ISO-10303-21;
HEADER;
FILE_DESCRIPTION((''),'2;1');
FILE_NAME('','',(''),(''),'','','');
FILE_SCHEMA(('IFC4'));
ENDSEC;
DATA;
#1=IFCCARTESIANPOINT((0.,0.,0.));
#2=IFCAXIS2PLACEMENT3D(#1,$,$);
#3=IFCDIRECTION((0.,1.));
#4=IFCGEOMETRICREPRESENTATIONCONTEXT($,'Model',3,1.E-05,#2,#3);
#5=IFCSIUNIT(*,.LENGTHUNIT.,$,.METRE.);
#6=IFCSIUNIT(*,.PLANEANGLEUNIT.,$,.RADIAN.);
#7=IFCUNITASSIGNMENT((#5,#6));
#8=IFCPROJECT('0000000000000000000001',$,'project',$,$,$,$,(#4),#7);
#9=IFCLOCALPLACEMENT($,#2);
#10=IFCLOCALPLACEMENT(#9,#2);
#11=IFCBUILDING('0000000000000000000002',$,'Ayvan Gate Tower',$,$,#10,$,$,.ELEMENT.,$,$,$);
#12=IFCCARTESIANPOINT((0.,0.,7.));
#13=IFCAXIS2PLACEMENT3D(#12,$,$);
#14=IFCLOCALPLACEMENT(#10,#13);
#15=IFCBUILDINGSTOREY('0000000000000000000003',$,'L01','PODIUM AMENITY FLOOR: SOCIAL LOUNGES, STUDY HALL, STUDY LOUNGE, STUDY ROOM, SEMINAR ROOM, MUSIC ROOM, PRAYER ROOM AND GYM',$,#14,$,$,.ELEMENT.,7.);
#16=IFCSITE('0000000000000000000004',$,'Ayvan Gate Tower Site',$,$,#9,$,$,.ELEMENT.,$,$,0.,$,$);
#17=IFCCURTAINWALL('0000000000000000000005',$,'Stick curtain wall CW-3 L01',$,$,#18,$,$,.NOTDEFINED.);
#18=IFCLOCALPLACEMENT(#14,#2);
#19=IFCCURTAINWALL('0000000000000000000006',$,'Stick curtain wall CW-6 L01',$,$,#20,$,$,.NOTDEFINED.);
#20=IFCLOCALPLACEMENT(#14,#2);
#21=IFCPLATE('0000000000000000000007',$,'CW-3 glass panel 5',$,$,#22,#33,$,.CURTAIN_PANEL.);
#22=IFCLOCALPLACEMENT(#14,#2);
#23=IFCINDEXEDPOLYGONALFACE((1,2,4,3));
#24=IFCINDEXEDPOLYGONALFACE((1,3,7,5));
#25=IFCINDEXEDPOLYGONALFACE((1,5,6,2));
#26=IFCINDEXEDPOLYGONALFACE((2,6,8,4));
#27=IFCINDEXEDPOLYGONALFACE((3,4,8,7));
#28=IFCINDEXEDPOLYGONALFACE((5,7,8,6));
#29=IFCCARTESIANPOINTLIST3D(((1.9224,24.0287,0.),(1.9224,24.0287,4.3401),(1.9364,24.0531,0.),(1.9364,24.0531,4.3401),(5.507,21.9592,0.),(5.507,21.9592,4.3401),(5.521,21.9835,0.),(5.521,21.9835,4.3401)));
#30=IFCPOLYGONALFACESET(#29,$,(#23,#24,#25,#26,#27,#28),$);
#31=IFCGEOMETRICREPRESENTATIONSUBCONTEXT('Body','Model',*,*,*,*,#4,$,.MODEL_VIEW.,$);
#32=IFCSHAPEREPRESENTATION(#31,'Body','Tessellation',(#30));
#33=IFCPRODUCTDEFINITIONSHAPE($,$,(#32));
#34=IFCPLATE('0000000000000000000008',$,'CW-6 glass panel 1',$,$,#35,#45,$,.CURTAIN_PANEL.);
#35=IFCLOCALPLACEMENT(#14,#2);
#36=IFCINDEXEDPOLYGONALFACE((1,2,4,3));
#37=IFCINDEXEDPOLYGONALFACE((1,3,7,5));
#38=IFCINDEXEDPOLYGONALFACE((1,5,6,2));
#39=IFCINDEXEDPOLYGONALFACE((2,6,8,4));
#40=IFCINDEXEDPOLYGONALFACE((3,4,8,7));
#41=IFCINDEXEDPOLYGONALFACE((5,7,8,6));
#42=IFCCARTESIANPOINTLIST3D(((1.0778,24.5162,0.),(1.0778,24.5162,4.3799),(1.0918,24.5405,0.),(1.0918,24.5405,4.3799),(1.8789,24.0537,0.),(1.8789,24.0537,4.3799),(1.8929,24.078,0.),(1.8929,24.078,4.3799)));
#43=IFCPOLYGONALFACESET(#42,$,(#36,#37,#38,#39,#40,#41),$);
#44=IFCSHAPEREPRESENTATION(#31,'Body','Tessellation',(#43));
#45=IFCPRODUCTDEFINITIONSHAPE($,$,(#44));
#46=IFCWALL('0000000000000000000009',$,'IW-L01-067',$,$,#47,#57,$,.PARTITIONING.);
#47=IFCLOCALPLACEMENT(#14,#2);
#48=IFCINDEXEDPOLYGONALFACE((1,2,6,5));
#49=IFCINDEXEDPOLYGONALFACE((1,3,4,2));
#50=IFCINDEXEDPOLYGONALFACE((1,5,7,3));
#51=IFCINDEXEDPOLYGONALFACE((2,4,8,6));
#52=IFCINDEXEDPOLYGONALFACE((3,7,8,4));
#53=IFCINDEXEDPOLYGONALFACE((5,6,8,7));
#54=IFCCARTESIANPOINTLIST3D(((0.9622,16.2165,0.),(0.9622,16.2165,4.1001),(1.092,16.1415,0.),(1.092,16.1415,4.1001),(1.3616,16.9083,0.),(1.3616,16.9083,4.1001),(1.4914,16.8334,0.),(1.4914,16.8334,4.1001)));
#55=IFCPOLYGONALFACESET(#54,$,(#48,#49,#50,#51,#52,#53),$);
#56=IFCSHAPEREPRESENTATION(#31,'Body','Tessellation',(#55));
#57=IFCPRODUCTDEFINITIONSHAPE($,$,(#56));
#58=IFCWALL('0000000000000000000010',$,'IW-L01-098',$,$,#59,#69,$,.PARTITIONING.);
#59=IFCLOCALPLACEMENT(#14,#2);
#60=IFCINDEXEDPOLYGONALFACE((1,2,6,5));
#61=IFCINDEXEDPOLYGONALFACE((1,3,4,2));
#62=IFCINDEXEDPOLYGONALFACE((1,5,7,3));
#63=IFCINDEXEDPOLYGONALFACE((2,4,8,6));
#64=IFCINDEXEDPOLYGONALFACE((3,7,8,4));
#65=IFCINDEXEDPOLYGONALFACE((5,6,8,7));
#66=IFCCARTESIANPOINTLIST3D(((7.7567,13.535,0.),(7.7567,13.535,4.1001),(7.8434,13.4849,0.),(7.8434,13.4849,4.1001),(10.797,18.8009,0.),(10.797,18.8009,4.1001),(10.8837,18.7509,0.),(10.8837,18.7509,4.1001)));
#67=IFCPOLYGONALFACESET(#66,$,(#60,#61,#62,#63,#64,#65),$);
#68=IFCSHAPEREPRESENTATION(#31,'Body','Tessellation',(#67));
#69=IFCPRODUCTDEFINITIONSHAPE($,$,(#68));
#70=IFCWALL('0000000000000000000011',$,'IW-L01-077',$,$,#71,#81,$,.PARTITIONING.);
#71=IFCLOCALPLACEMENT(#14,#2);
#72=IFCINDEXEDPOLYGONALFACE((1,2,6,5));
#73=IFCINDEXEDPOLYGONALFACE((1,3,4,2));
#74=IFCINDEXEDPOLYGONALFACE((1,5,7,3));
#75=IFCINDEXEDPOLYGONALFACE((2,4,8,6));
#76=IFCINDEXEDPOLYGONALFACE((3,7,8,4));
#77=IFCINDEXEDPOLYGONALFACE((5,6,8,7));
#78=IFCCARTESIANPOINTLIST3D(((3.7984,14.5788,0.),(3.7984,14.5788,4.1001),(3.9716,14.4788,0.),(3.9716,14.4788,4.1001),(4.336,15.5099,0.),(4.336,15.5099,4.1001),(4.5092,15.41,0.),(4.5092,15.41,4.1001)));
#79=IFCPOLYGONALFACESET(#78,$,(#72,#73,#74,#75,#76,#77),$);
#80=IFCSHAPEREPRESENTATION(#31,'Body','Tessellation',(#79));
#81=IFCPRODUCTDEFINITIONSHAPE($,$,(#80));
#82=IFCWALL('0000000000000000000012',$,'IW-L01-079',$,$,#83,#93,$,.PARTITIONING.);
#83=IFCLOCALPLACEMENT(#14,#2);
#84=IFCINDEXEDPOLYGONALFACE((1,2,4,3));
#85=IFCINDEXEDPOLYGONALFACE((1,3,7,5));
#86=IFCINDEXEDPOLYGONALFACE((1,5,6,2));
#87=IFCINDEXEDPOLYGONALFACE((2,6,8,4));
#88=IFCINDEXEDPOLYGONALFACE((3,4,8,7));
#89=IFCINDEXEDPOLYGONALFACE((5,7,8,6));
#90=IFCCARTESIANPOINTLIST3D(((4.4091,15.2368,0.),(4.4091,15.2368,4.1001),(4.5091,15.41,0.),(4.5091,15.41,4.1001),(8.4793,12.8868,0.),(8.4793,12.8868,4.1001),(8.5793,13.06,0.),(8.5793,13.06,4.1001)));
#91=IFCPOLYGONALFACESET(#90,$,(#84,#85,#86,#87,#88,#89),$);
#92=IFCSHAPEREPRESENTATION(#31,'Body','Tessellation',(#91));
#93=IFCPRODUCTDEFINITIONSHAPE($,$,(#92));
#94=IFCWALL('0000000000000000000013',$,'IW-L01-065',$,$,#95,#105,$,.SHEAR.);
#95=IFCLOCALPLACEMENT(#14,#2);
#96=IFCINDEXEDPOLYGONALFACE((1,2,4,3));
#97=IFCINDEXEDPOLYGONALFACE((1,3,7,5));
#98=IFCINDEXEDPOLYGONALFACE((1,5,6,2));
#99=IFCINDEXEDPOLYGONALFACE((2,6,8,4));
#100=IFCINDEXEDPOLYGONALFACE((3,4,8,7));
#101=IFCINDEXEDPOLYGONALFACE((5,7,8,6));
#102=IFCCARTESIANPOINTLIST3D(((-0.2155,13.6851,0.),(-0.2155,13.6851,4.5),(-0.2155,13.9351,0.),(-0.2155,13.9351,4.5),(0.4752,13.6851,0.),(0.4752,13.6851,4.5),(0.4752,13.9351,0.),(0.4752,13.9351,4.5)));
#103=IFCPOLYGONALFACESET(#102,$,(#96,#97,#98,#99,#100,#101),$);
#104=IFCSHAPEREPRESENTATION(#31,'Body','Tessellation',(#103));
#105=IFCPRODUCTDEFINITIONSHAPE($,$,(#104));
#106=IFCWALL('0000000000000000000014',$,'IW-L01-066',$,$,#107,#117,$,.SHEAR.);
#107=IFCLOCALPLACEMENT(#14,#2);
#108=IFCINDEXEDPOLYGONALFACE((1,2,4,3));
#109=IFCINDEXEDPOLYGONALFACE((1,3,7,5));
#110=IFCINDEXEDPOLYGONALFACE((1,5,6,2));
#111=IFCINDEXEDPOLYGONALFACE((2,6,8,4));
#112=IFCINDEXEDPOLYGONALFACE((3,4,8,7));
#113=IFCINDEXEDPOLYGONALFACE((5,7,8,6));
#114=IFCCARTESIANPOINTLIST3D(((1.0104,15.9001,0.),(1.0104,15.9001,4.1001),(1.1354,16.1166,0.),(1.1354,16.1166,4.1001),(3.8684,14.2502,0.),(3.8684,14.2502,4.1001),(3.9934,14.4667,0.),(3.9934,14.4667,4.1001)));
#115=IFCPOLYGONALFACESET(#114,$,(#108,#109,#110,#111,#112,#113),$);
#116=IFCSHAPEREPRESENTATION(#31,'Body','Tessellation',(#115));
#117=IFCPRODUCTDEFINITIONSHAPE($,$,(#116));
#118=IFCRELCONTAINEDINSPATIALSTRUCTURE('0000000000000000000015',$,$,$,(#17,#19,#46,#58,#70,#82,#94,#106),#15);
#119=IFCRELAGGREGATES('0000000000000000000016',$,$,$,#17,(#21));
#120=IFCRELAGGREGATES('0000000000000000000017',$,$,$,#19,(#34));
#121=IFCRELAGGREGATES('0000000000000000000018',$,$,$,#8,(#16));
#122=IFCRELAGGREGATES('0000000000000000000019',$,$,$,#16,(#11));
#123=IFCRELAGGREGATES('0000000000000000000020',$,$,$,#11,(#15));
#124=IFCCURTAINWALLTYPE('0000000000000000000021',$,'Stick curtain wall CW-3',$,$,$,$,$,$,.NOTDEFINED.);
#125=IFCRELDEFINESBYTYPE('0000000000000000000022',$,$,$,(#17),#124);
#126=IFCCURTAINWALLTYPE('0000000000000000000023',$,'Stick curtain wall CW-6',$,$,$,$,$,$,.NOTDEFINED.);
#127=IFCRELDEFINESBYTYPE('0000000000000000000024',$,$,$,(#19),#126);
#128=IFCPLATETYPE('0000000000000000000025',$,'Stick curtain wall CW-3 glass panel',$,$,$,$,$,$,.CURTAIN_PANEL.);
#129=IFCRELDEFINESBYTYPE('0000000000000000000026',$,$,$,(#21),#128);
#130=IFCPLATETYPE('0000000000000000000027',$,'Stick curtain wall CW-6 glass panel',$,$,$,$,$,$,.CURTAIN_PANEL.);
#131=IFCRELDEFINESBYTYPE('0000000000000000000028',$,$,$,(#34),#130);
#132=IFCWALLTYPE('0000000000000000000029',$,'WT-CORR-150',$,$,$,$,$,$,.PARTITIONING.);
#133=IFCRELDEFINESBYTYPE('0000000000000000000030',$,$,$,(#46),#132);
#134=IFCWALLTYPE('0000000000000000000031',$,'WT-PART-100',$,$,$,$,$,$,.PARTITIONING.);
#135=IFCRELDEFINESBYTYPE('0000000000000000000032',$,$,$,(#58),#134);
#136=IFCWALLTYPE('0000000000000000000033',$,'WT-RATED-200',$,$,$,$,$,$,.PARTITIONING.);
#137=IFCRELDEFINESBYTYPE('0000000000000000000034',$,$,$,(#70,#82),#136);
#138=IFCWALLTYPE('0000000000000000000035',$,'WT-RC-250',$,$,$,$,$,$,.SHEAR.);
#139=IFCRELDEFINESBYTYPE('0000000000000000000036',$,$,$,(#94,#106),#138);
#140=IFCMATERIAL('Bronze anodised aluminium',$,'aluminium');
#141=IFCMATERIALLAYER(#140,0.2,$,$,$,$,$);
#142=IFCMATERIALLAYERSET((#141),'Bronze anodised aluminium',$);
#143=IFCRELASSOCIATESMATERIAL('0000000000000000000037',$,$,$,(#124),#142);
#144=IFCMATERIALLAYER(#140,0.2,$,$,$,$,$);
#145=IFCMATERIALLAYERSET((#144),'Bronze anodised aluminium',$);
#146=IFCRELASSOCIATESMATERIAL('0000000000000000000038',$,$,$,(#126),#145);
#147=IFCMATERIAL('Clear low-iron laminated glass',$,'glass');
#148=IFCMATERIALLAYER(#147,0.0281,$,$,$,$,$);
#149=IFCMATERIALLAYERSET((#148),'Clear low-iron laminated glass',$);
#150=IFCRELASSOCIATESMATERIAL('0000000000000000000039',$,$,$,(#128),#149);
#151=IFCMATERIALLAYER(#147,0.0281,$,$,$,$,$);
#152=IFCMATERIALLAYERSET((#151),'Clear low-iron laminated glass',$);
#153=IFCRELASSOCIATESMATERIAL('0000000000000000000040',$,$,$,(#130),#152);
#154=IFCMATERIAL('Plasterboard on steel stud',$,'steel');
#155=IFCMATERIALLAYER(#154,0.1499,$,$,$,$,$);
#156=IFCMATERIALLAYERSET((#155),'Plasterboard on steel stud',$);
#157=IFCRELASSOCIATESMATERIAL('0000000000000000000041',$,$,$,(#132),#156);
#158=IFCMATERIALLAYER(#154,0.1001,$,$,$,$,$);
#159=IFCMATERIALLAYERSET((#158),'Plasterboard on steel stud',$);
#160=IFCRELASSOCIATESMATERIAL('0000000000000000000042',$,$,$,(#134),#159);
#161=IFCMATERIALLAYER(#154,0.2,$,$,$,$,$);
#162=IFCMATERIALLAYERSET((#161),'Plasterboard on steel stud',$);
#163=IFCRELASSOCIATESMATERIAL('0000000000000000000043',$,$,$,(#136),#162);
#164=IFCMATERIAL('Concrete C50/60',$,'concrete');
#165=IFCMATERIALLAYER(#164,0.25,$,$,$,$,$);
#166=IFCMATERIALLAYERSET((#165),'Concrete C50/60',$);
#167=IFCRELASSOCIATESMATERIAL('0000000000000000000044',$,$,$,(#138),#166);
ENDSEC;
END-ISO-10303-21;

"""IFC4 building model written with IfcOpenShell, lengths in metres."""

from ifc_helpers import new_model, si_unit, direction, frame, frame_2d, origin, origin_2d, place, context, subcontext, project, spatial, rectangle, extrude, material, layer, layer_set, type_object, element, aggregate, save


model = new_model("IFC4")

# Units and contexts
model_context = context("Model", 3, precision=1e-05, world=origin(), true_north=direction((0.0, 1.0)))
body_context = subcontext(model_context, "Body", "Model", "MODEL_VIEW")
ifc_project = project(units=[si_unit("LENGTHUNIT", "METRE"), si_unit("PLANEANGLEUNIT", "RADIAN")], contexts=[model_context])

# Site, building, storey
site_placement = place(None, origin())
site = spatial("IfcSite", under=ifc_project, at=site_placement, Name="Ayvan Gate Tower Site", CompositionType="ELEMENT", RefElevation=0.0)
building_placement = place(site_placement, origin())
building = spatial("IfcBuilding", under=site, at=building_placement, Name="Ayvan Gate Tower", CompositionType="ELEMENT")
storey_placement = place(building_placement, frame((0.0, 0.0, 7.0)))
storey = spatial("IfcBuildingStorey", under=building, at=storey_placement, Name="L01", Description="PODIUM AMENITY FLOOR: SOCIAL LOUNGES, STUDY HALL, STUDY LOUNGE, STUDY ROOM, SEMINAR ROOM, MUSIC ROOM, PRAYER ROOM AND GYM", CompositionType="ELEMENT", Elevation=7.0)

# Curtain walls
ifc_material_1 = material(Name="Bronze anodised aluminium", Category="aluminium")
ifc_layer_1 = layer(ifc_material_1, 0.2)
ifc_layer_set_1 = layer_set([ifc_layer_1], Name="Bronze anodised aluminium")
curtain_wall_type_1 = type_object("IfcCurtainWallType", Name="Stick curtain wall CW-3", PredefinedType="NOTDEFINED", material=ifc_layer_set_1)
curtain_wall_1_placement = place(storey_placement, origin())
curtain_wall_1 = element("IfcCurtainWall", 1, at=curtain_wall_1_placement, inside=storey, type_object=curtain_wall_type_1, Name="Stick curtain wall CW-3 L01", PredefinedType="NOTDEFINED")
ifc_layer_2 = layer(ifc_material_1, 0.2)
ifc_layer_set_2 = layer_set([ifc_layer_2], Name="Bronze anodised aluminium")
curtain_wall_type_2 = type_object("IfcCurtainWallType", Name="Stick curtain wall CW-6", PredefinedType="NOTDEFINED", material=ifc_layer_set_2)
curtain_wall_2_placement = place(storey_placement, origin())
curtain_wall_2 = element("IfcCurtainWall", 2, at=curtain_wall_2_placement, inside=storey, type_object=curtain_wall_type_2, Name="Stick curtain wall CW-6 L01", PredefinedType="NOTDEFINED")

# Plates
ifc_material_2 = material(Name="Clear low-iron laminated glass", Category="glass")
ifc_layer_3 = layer(ifc_material_2, 0.0281)
ifc_layer_set_3 = layer_set([ifc_layer_3], Name="Clear low-iron laminated glass")
plate_type_1 = type_object("IfcPlateType", Name="Stick curtain wall CW-3 glass panel", PredefinedType="CURTAIN_PANEL", material=ifc_layer_set_3)
plate_1_placement = place(storey_placement, frame((3.7217, 23.0061, 0.0), z_axis=(0.0, 0.0, 1.0), x_axis=(-0.866025, 0.5, 0.0)))
plate_1 = element("IfcPlate", 3, at=plate_1_placement, type_object=plate_type_1, Name="CW-3 glass panel 5", PredefinedType="CURTAIN_PANEL", context=body_context, shape_type="SweptSolid", body=[
    extrude(rectangle(XDim=4.1392, YDim=0.0281, at=origin_2d()), origin(), (0.0, 0.0, 1.0), 4.3401),
])
aggregate(curtain_wall_1, [plate_1])
ifc_layer_4 = layer(ifc_material_2, 0.0281)
ifc_layer_set_4 = layer_set([ifc_layer_4], Name="Clear low-iron laminated glass")
plate_type_2 = type_object("IfcPlateType", Name="Stick curtain wall CW-6 glass panel", PredefinedType="CURTAIN_PANEL", material=ifc_layer_set_4)
plate_2_placement = place(storey_placement, frame((1.4854, 24.2971, 0.0), z_axis=(0.0, 0.0, 1.0), x_axis=(-0.866025, 0.5, 0.0)))
plate_2 = element("IfcPlate", 4, at=plate_2_placement, type_object=plate_type_2, Name="CW-6 glass panel 1", PredefinedType="CURTAIN_PANEL", context=body_context, shape_type="SweptSolid", body=[
    extrude(rectangle(XDim=0.925, YDim=0.0281, at=origin_2d()), origin(), (0.0, 0.0, 1.0), 4.3799),
])
aggregate(curtain_wall_2, [plate_2])

# Walls
ifc_material_3 = material(Name="Plasterboard on steel stud", Category="steel")
ifc_layer_5 = layer(ifc_material_3, 0.1499)
ifc_layer_set_5 = layer_set([ifc_layer_5], Name="Plasterboard on steel stud")
wall_type_1 = type_object("IfcWallType", Name="WT-CORR-150", PredefinedType="PARTITIONING", material=ifc_layer_set_5)
wall_1_placement = place(storey_placement, frame((1.4265, 16.8708, 0.0), z_axis=(0.0, 0.0, 1.0), x_axis=(-0.499952, -0.866053, 0.0)))
element("IfcWall", 5, at=wall_1_placement, inside=storey, type_object=wall_type_1, Name="IW-L01-067", PredefinedType="PARTITIONING", context=body_context, shape_type="SweptSolid", body=[
    extrude(rectangle(XDim=0.7988, YDim=0.1499, at=frame_2d((0.3994, 0.0))), origin(), (0.0, 0.0, 1.0), 4.1001),
])
ifc_layer_6 = layer(ifc_material_3, 0.1001)
ifc_layer_set_6 = layer_set([ifc_layer_6], Name="Plasterboard on steel stud")
wall_type_2 = type_object("IfcWallType", Name="WT-PART-100", PredefinedType="PARTITIONING", material=ifc_layer_set_6)
wall_2_placement = place(storey_placement, frame((10.8403, 18.7759, 0.0), z_axis=(0.0, 0.0, 1.0), x_axis=(-0.500004, -0.866023, 0.0)))
element("IfcWall", 6, at=wall_2_placement, inside=storey, type_object=wall_type_2, Name="IW-L01-098", PredefinedType="PARTITIONING", context=body_context, shape_type="SweptSolid", body=[
    extrude(rectangle(XDim=6.0806, YDim=0.1001, at=frame_2d((3.0403, 0.0))), origin(), (0.0, 0.0, 1.0), 4.1001),
])
ifc_layer_7 = layer(ifc_material_3, 0.2)
ifc_layer_set_7 = layer_set([ifc_layer_7], Name="Plasterboard on steel stud")
wall_type_3 = type_object("IfcWallType", Name="WT-RATED-200", PredefinedType="PARTITIONING", material=ifc_layer_set_7)
wall_3_placement = place(storey_placement, frame((3.885, 14.5288, 0.0), z_axis=(0.0, 0.0, 1.0), x_axis=(0.499998, 0.866027, 0.0)))
element("IfcWall", 7, at=wall_3_placement, inside=storey, type_object=wall_type_3, Name="IW-L01-077", PredefinedType="PARTITIONING", context=body_context, shape_type="SweptSolid", body=[
    extrude(rectangle(XDim=1.0752, YDim=0.2, at=frame_2d((0.5376, 0.0))), origin(), (0.0, 0.0, 1.0), 4.1001),
])
wall_4_placement = place(storey_placement, frame((4.459, 15.3235, 0.0), z_axis=(0.0, 0.0, 1.0), x_axis=(0.866016, -0.500016, 0.0)))
element("IfcWall", 8, at=wall_4_placement, inside=storey, type_object=wall_type_3, Name="IW-L01-079", PredefinedType="PARTITIONING", context=body_context, shape_type="SweptSolid", body=[
    extrude(rectangle(XDim=4.7, YDim=0.2, at=frame_2d((2.3501, 0.0))), origin(), (0.0, 0.0, 1.0), 4.1001),
])
ifc_material_4 = material(Name="Concrete C50/60", Category="concrete")
ifc_layer_8 = layer(ifc_material_4, 0.25)
ifc_layer_set_8 = layer_set([ifc_layer_8], Name="Concrete C50/60")
wall_type_4 = type_object("IfcWallType", Name="WT-RC-250", PredefinedType="SHEAR", material=ifc_layer_set_8)
wall_5_placement = place(storey_placement, frame((0.4751, 13.8101, 0.0), z_axis=(0.0, 0.0, 1.0), x_axis=(-1.0, 0.0, 0.0)))
element("IfcWall", 9, at=wall_5_placement, inside=storey, type_object=wall_type_4, Name="IW-L01-065", PredefinedType="SHEAR", context=body_context, shape_type="SweptSolid", body=[
    extrude(rectangle(XDim=0.6907, YDim=0.25, at=frame_2d((0.3452, 0.0))), origin(), (0.0, 0.0, 1.0), 4.5),
])
wall_6_placement = place(storey_placement, frame((1.073, 16.0083, 0.0), z_axis=(0.0, 0.0, 1.0), x_axis=(0.86604, -0.499974, 0.0)))
element("IfcWall", 10, at=wall_6_placement, inside=storey, type_object=wall_type_4, Name="IW-L01-066", PredefinedType="SHEAR", context=body_context, shape_type="SweptSolid", body=[
    extrude(rectangle(XDim=3.3, YDim=0.25, at=frame_2d((1.6499, 0.0))), origin(), (0.0, 0.0, 1.0), 4.1001),
])

save(model, "model.ifc")
